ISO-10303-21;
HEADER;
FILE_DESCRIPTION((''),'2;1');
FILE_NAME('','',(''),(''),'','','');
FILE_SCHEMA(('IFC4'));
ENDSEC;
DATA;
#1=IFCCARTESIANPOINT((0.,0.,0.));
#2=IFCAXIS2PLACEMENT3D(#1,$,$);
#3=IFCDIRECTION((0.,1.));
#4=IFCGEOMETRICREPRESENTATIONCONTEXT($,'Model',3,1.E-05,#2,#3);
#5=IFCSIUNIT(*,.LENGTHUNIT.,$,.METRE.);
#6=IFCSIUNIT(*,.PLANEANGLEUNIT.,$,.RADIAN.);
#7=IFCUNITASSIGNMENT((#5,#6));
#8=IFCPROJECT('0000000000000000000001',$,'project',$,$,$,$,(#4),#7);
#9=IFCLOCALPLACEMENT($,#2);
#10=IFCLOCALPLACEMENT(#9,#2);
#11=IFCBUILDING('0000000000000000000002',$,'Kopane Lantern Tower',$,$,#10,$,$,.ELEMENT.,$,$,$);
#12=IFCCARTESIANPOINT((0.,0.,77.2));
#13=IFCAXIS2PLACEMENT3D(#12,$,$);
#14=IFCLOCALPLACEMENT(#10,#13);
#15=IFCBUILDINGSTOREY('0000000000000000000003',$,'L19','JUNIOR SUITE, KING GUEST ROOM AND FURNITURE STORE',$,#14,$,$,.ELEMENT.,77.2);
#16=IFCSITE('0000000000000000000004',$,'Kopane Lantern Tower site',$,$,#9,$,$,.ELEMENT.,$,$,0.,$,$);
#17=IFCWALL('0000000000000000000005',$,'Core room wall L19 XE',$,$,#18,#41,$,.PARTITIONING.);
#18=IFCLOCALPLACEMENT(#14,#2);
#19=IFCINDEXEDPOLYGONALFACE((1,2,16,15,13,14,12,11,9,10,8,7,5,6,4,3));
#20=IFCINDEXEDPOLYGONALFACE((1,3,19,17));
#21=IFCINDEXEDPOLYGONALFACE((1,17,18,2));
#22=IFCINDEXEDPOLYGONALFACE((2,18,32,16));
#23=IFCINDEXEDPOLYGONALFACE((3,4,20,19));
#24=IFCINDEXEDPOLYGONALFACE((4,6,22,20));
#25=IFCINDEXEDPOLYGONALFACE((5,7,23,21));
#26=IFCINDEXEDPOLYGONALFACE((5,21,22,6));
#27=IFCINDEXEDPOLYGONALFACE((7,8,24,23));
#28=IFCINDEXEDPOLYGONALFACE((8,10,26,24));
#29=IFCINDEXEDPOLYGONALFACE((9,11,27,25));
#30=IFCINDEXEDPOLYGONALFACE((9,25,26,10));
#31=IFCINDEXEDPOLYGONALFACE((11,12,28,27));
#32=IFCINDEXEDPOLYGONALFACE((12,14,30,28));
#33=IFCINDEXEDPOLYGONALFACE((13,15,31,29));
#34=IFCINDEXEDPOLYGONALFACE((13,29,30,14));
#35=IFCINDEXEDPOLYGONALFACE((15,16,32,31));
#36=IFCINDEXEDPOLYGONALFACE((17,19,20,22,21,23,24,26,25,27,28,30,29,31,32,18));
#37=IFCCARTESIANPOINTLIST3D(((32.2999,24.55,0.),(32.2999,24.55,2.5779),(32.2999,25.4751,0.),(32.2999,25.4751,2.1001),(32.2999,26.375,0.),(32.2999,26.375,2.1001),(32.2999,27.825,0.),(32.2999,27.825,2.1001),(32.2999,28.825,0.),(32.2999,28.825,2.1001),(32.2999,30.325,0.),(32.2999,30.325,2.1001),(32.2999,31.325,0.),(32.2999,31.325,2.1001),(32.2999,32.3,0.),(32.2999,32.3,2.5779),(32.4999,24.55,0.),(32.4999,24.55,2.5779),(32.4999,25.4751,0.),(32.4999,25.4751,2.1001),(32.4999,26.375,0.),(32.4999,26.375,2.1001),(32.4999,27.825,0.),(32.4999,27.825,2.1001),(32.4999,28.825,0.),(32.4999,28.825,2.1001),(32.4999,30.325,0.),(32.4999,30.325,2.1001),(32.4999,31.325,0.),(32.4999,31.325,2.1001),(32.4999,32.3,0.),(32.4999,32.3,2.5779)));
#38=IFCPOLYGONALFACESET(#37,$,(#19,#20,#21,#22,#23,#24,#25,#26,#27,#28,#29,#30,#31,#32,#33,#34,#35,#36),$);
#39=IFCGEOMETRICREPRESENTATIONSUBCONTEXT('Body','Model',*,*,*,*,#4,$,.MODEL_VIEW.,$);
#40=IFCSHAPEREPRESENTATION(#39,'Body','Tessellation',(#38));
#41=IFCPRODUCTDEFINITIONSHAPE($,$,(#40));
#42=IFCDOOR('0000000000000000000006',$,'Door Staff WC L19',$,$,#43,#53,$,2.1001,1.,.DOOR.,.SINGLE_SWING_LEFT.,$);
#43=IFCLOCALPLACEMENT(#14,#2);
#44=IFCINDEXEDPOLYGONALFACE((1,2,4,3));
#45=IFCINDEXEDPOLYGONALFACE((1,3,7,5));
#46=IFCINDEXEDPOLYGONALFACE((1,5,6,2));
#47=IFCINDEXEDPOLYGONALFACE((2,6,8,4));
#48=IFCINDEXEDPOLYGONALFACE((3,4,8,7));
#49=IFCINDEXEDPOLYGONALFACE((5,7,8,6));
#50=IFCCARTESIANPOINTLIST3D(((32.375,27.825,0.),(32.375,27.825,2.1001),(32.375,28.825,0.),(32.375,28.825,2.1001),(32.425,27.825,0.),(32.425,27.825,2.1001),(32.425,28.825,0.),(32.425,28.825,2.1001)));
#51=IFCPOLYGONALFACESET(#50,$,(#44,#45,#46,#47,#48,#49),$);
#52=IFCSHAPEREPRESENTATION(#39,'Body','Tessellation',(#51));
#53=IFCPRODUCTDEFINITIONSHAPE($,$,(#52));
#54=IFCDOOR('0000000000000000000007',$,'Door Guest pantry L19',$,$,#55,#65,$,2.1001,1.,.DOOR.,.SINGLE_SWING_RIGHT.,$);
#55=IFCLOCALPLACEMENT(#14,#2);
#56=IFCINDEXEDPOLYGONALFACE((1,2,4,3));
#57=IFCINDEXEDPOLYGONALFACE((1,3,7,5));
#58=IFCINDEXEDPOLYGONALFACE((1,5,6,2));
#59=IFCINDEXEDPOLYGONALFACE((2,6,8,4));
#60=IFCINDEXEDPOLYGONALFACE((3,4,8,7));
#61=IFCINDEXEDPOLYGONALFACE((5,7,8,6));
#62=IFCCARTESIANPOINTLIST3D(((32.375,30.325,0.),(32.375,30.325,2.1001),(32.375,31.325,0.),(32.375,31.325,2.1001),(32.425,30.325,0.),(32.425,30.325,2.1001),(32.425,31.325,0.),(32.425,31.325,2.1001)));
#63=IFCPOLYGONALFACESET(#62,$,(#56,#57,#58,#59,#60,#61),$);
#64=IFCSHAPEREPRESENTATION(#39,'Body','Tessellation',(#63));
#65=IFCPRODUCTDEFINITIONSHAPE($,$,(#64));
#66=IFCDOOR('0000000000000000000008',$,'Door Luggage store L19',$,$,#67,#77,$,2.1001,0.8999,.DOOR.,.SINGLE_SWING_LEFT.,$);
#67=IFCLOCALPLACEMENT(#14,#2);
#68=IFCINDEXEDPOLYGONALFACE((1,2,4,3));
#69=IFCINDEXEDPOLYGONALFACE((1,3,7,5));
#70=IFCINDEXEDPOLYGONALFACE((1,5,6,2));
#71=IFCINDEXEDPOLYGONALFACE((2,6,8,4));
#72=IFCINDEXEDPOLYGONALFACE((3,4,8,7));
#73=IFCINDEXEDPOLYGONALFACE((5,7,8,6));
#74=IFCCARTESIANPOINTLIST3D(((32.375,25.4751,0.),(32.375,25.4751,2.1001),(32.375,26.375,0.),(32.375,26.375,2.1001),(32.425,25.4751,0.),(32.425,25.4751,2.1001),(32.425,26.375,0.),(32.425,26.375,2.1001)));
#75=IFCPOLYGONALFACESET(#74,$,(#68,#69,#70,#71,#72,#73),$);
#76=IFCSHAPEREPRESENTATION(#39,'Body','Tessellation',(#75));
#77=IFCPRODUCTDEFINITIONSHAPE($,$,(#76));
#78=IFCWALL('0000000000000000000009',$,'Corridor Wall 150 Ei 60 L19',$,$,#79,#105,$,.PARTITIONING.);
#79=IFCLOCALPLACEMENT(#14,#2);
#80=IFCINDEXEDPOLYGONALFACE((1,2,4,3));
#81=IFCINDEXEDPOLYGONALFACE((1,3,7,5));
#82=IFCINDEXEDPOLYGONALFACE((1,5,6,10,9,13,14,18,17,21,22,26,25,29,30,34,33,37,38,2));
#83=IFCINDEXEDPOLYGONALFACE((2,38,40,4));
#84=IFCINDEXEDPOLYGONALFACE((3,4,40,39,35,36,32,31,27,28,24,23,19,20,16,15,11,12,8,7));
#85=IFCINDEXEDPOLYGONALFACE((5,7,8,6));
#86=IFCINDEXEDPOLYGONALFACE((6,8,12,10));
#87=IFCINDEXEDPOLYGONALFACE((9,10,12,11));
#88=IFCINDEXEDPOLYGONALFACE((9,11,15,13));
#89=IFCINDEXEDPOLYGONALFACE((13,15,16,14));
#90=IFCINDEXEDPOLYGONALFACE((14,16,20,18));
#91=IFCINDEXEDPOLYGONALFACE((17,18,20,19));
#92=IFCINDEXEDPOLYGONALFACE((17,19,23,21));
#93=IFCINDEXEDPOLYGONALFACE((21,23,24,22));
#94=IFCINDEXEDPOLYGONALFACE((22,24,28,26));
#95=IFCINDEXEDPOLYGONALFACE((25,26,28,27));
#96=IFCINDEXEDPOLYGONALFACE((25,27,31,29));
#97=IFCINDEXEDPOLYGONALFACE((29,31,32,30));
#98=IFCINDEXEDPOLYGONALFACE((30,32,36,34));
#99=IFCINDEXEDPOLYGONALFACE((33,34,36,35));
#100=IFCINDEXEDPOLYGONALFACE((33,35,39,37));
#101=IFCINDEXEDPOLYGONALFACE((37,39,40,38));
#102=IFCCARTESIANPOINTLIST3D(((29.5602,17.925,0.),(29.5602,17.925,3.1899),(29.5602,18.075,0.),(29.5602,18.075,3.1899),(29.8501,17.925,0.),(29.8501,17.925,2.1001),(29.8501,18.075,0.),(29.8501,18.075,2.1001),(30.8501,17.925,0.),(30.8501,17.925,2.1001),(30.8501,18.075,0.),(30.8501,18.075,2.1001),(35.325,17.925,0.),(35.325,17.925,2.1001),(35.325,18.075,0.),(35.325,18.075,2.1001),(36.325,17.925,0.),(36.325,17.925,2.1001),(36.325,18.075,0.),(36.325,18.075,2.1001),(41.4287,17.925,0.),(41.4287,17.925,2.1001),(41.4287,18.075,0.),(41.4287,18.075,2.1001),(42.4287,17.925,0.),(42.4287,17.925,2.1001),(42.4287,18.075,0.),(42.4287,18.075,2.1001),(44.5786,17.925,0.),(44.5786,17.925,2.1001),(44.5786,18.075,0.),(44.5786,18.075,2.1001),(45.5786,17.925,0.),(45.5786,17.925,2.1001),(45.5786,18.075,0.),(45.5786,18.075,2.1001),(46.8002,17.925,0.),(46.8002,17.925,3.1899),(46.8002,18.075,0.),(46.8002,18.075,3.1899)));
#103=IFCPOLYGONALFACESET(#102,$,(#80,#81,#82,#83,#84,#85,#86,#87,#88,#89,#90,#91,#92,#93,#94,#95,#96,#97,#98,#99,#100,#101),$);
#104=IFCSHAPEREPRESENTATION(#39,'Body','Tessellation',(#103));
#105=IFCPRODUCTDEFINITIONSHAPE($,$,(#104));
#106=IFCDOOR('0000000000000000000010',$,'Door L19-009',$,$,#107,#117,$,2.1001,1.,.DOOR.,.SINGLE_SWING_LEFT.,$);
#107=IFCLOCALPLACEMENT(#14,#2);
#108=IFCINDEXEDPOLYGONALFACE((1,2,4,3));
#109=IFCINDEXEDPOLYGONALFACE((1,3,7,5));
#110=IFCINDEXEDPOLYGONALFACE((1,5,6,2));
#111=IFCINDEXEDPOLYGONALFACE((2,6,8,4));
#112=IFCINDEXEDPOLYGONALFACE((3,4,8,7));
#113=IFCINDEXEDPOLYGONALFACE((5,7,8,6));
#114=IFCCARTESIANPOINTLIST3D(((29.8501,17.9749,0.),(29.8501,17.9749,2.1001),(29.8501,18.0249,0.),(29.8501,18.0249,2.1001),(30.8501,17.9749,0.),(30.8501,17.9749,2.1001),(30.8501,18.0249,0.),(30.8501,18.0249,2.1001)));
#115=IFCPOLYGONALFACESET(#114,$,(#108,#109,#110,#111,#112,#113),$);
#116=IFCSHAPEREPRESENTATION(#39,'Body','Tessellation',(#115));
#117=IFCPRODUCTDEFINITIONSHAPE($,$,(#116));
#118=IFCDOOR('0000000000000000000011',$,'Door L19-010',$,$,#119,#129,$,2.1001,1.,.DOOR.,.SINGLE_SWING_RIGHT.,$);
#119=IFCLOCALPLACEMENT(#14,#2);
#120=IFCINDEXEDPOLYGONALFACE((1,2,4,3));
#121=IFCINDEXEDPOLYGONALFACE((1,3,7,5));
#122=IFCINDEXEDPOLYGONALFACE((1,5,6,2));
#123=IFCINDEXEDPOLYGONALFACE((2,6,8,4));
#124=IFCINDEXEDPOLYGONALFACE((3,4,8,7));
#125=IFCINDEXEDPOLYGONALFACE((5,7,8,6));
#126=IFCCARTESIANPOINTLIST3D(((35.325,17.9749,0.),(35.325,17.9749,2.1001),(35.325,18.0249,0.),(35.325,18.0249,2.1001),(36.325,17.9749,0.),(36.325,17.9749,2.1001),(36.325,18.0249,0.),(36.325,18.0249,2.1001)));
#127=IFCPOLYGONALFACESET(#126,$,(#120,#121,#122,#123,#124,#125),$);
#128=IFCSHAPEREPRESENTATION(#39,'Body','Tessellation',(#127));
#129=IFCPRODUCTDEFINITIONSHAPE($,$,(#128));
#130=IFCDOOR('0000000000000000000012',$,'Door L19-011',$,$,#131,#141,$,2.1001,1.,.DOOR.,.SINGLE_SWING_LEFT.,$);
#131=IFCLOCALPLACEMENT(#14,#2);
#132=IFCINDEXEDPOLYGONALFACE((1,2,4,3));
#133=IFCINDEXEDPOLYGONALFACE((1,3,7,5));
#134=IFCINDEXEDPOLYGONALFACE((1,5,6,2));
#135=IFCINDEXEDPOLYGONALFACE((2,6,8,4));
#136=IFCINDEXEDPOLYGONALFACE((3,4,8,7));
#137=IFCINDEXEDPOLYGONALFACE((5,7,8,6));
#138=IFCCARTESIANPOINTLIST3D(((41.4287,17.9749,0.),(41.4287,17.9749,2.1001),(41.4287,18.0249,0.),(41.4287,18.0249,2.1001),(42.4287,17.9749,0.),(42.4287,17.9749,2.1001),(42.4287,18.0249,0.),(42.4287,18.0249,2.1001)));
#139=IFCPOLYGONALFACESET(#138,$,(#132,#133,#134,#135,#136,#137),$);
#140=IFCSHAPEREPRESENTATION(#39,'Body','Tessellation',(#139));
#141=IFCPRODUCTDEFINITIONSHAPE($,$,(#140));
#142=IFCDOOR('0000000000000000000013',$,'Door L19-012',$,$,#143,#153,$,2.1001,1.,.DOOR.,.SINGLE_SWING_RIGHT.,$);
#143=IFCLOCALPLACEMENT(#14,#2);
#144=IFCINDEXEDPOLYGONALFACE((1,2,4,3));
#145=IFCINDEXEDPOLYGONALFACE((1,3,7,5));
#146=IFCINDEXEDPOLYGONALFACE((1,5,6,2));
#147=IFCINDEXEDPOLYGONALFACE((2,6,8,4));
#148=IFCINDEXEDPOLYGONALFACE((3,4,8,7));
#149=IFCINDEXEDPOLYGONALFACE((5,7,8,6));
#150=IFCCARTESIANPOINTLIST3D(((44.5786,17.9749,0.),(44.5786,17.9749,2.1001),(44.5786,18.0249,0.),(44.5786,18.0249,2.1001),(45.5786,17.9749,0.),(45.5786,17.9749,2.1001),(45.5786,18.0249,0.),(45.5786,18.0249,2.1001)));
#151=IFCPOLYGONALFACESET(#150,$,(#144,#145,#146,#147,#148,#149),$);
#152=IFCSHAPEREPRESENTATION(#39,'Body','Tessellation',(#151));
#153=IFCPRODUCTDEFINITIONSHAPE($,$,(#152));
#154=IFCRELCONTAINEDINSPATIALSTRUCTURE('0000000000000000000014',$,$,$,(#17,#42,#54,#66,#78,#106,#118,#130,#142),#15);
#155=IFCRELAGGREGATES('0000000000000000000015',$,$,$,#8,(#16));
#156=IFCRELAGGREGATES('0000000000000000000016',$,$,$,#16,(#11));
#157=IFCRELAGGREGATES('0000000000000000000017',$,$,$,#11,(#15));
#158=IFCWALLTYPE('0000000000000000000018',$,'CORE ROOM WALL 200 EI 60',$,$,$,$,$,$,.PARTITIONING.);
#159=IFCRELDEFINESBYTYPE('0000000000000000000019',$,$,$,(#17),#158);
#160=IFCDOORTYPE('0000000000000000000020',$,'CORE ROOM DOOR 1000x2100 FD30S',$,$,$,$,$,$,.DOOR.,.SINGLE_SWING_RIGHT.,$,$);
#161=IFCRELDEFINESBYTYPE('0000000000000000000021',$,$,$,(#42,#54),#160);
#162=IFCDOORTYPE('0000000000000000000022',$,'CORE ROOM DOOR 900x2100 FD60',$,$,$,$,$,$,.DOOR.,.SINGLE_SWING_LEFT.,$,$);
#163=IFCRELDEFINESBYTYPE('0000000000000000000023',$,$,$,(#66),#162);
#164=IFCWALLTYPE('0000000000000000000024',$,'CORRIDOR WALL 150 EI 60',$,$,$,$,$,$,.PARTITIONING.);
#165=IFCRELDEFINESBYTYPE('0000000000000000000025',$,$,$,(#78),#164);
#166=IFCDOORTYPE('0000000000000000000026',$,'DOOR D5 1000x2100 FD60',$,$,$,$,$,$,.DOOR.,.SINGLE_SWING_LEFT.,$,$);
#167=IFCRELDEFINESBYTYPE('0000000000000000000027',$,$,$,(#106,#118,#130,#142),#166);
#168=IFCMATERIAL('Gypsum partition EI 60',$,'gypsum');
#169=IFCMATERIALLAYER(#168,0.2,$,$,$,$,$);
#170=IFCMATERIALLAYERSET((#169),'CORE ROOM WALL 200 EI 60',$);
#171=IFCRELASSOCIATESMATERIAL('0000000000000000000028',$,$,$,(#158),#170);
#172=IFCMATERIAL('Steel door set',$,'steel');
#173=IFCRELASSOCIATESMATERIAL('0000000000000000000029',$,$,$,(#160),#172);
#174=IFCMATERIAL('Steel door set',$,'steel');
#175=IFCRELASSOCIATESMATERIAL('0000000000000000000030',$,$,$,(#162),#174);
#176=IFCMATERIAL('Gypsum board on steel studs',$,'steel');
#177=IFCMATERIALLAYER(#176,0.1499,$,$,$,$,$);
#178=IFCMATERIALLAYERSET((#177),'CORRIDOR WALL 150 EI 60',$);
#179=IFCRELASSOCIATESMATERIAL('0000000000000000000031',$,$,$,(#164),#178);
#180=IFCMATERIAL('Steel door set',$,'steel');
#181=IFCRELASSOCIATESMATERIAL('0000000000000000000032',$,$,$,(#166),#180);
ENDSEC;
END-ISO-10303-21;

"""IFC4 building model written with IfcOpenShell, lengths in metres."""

from ifc_helpers import new_model, si_unit, direction, frame, frame_2d, origin, place, context, subcontext, project, spatial, rectangle, extrude, material, layer, layer_set, type_object, element, fill, save


model = new_model("IFC4")

# Units and contexts
model_context = context("Model", 3, precision=1e-05, world=origin(), true_north=direction((0.0, 1.0)))
body_context = subcontext(model_context, "Body", "Model", "MODEL_VIEW")
ifc_project = project(units=[si_unit("LENGTHUNIT", "METRE"), si_unit("PLANEANGLEUNIT", "RADIAN")], contexts=[model_context])

# Site, building, storey
site_placement = place(None, origin())
site = spatial("IfcSite", under=ifc_project, at=site_placement, Name="Kopane Lantern Tower site", CompositionType="ELEMENT", RefElevation=0.0)
building_placement = place(site_placement, origin())
building = spatial("IfcBuilding", under=site, at=building_placement, Name="Kopane Lantern Tower", CompositionType="ELEMENT")
storey_placement = place(building_placement, frame((0.0, 0.0, 77.2)))
storey = spatial("IfcBuildingStorey", under=building, at=storey_placement, Name="L19", Description="JUNIOR SUITE, KING GUEST ROOM AND FURNITURE STORE", CompositionType="ELEMENT", Elevation=77.2)

# Walls, openings, doors
ifc_material_1 = material(Name="Gypsum partition EI 60", Category="gypsum")
ifc_layer_1 = layer(ifc_material_1, 0.2)
ifc_layer_set_1 = layer_set([ifc_layer_1], Name="CORE ROOM WALL 200 EI 60")
wall_type_1 = type_object("IfcWallType", Name="CORE ROOM WALL 200 EI 60", PredefinedType="PARTITIONING", material=ifc_layer_set_1)
wall_1_placement = place(storey_placement, frame((32.3999, 24.55, 0.0), z_axis=(0.0, 0.0, 1.0), x_axis=(0.0, 1.0, 0.0)))
wall_1 = element("IfcWall", 1, at=wall_1_placement, inside=storey, type_object=wall_type_1, Name="Core room wall L19 XE", PredefinedType="PARTITIONING", context=body_context, shape_type="SweptSolid", body=[
    extrude(rectangle(XDim=7.75, YDim=0.2, at=frame_2d((3.875, 0.0))), origin(), (0.0, 0.0, 1.0), 2.5779),
])
opening_1_placement = place(wall_1_placement, frame((0.925, 0.0, 0.0)))
opening_1 = element("IfcOpeningElement", 2, at=opening_1_placement, cuts=wall_1, PredefinedType="OPENING", context=body_context, shape_type="SweptSolid", body=[
    extrude(rectangle(XDim=0.8999, YDim=2.1001, at=frame_2d((0.45, 1.05))), frame((0.0, 0.1099, 0.0), z_axis=(0.0, -1.0, 0.0), x_axis=(1.0, 0.0, 0.0)), (0.0, 0.0, 1.0), 0.22),
])
opening_2_placement = place(wall_1_placement, frame((3.2749, 0.0, 0.0)))
opening_2 = element("IfcOpeningElement", 3, at=opening_2_placement, cuts=wall_1, PredefinedType="OPENING", context=body_context, shape_type="SweptSolid", body=[
    extrude(rectangle(XDim=1.0, YDim=2.1001, at=frame_2d((0.5, 1.05))), frame((0.0, 0.1099, 0.0), z_axis=(0.0, -1.0, 0.0), x_axis=(1.0, 0.0, 0.0)), (0.0, 0.0, 1.0), 0.22),
])
opening_3_placement = place(wall_1_placement, frame((5.7749, 0.0, 0.0)))
opening_3 = element("IfcOpeningElement", 4, at=opening_3_placement, cuts=wall_1, PredefinedType="OPENING", context=body_context, shape_type="SweptSolid", body=[
    extrude(rectangle(XDim=1.0, YDim=2.1001, at=frame_2d((0.5, 1.05))), frame((0.0, 0.1099, 0.0), z_axis=(0.0, -1.0, 0.0), x_axis=(1.0, 0.0, 0.0)), (0.0, 0.0, 1.0), 0.22),
])
ifc_material_2 = material(Name="Steel door set", Category="steel")
door_type_1 = type_object("IfcDoorType", Name="CORE ROOM DOOR 1000x2100 FD30S", OperationType="SINGLE_SWING_RIGHT", PredefinedType="DOOR", material=ifc_material_2)
door_1_placement = place(opening_2_placement, origin())
door_1 = element("IfcDoor", 5, at=door_1_placement, inside=storey, type_object=door_type_1, Name="Door Staff WC L19", OperationType="SINGLE_SWING_LEFT", OverallHeight=2.1001, OverallWidth=1.0, PredefinedType="DOOR", context=body_context, shape_type="SweptSolid", body=[
    extrude(rectangle(XDim=1.0, YDim=2.1001, at=frame_2d((0.5, 1.05))), frame((0.0, 0.0249, 0.0), z_axis=(0.0, -1.0, 0.0), x_axis=(1.0, 0.0, 0.0)), (0.0, 0.0, 1.0), 0.05),
])
fill(opening_2, door_1)
door_2_placement = place(opening_3_placement, origin())
door_2 = element("IfcDoor", 6, at=door_2_placement, inside=storey, type_object=door_type_1, Name="Door Guest pantry L19", OperationType="SINGLE_SWING_RIGHT", OverallHeight=2.1001, OverallWidth=1.0, PredefinedType="DOOR", context=body_context, shape_type="SweptSolid", body=[
    extrude(rectangle(XDim=1.0, YDim=2.1001, at=frame_2d((0.5, 1.05))), frame((0.0, 0.0249, 0.0), z_axis=(0.0, -1.0, 0.0), x_axis=(1.0, 0.0, 0.0)), (0.0, 0.0, 1.0), 0.05),
])
fill(opening_3, door_2)
ifc_material_3 = material(Name="Steel door set", Category="steel")
door_type_2 = type_object("IfcDoorType", Name="CORE ROOM DOOR 900x2100 FD60", OperationType="SINGLE_SWING_LEFT", PredefinedType="DOOR", material=ifc_material_3)
door_3_placement = place(opening_1_placement, origin())
door_3 = element("IfcDoor", 7, at=door_3_placement, inside=storey, type_object=door_type_2, Name="Door Luggage store L19", OperationType="SINGLE_SWING_LEFT", OverallHeight=2.1001, OverallWidth=0.8999, PredefinedType="DOOR", context=body_context, shape_type="SweptSolid", body=[
    extrude(rectangle(XDim=0.8999, YDim=2.1001, at=frame_2d((0.45, 1.05))), frame((0.0, 0.0249, 0.0), z_axis=(0.0, -1.0, 0.0), x_axis=(1.0, 0.0, 0.0)), (0.0, 0.0, 1.0), 0.05),
])
fill(opening_1, door_3)
ifc_material_4 = material(Name="Gypsum board on steel studs", Category="steel")
ifc_layer_2 = layer(ifc_material_4, 0.1499)
ifc_layer_set_2 = layer_set([ifc_layer_2], Name="CORRIDOR WALL 150 EI 60")
wall_type_2 = type_object("IfcWallType", Name="CORRIDOR WALL 150 EI 60", PredefinedType="PARTITIONING", material=ifc_layer_set_2)
wall_2_placement = place(storey_placement, frame((29.5601, 18.0, 0.0), z_axis=(0.0, 0.0, 1.0), x_axis=(1.0, 0.0, 0.0)))
wall_2 = element("IfcWall", 8, at=wall_2_placement, inside=storey, type_object=wall_type_2, Name="Corridor Wall 150 Ei 60 L19", PredefinedType="PARTITIONING", context=body_context, shape_type="SweptSolid", body=[
    extrude(rectangle(XDim=17.24, YDim=0.1499, at=frame_2d((8.6201, 0.0))), origin(), (0.0, 0.0, 1.0), 3.1899),
])
opening_4_placement = place(wall_2_placement, frame((0.29, 0.0, 0.0)))
opening_4 = element("IfcOpeningElement", 9, at=opening_4_placement, cuts=wall_2, PredefinedType="OPENING", context=body_context, shape_type="SweptSolid", body=[
    extrude(rectangle(XDim=1.0, YDim=2.1001, at=frame_2d((0.5, 1.05))), frame((0.0, 0.085, 0.0), z_axis=(0.0, -1.0, 0.0), x_axis=(1.0, 0.0, 0.0)), (0.0, 0.0, 1.0), 0.1699),
])
opening_5_placement = place(wall_2_placement, frame((5.7649, 0.0, 0.0)))
opening_5 = element("IfcOpeningElement", 10, at=opening_5_placement, cuts=wall_2, PredefinedType="OPENING", context=body_context, shape_type="SweptSolid", body=[
    extrude(rectangle(XDim=1.0, YDim=2.1001, at=frame_2d((0.5, 1.05))), frame((0.0, 0.085, 0.0), z_axis=(0.0, -1.0, 0.0), x_axis=(1.0, 0.0, 0.0)), (0.0, 0.0, 1.0), 0.1699),
])
opening_6_placement = place(wall_2_placement, frame((11.8687, 0.0, 0.0)))
opening_6 = element("IfcOpeningElement", 11, at=opening_6_placement, cuts=wall_2, PredefinedType="OPENING", context=body_context, shape_type="SweptSolid", body=[
    extrude(rectangle(XDim=1.0, YDim=2.1001, at=frame_2d((0.5, 1.05))), frame((0.0, 0.085, 0.0), z_axis=(0.0, -1.0, 0.0), x_axis=(1.0, 0.0, 0.0)), (0.0, 0.0, 1.0), 0.1699),
])
opening_7_placement = place(wall_2_placement, frame((15.0186, 0.0, 0.0)))
opening_7 = element("IfcOpeningElement", 12, at=opening_7_placement, cuts=wall_2, PredefinedType="OPENING", context=body_context, shape_type="SweptSolid", body=[
    extrude(rectangle(XDim=1.0, YDim=2.1001, at=frame_2d((0.5, 1.05))), frame((0.0, 0.085, 0.0), z_axis=(0.0, -1.0, 0.0), x_axis=(1.0, 0.0, 0.0)), (0.0, 0.0, 1.0), 0.1699),
])
ifc_material_5 = material(Name="Steel door set", Category="steel")
door_type_3 = type_object("IfcDoorType", Name="DOOR D5 1000x2100 FD60", OperationType="SINGLE_SWING_LEFT", PredefinedType="DOOR", material=ifc_material_5)
door_4_placement = place(opening_4_placement, origin())
door_4 = element("IfcDoor", 13, at=door_4_placement, inside=storey, type_object=door_type_3, Name="Door L19-009", OperationType="SINGLE_SWING_LEFT", OverallHeight=2.1001, OverallWidth=1.0, PredefinedType="DOOR", context=body_context, shape_type="SweptSolid", body=[
    extrude(rectangle(XDim=1.0, YDim=2.1001, at=frame_2d((0.5, 1.05))), frame((0.0, 0.0249, 0.0), z_axis=(0.0, -1.0, 0.0), x_axis=(1.0, 0.0, 0.0)), (0.0, 0.0, 1.0), 0.05),
])
fill(opening_4, door_4)
door_5_placement = place(opening_5_placement, origin())
door_5 = element("IfcDoor", 14, at=door_5_placement, inside=storey, type_object=door_type_3, Name="Door L19-010", OperationType="SINGLE_SWING_RIGHT", OverallHeight=2.1001, OverallWidth=1.0, PredefinedType="DOOR", context=body_context, shape_type="SweptSolid", body=[
    extrude(rectangle(XDim=1.0, YDim=2.1001, at=frame_2d((0.5, 1.05))), frame((0.0, 0.0249, 0.0), z_axis=(0.0, -1.0, 0.0), x_axis=(1.0, 0.0, 0.0)), (0.0, 0.0, 1.0), 0.05),
])
fill(opening_5, door_5)
door_6_placement = place(opening_6_placement, origin())
door_6 = element("IfcDoor", 15, at=door_6_placement, inside=storey, type_object=door_type_3, Name="Door L19-011", OperationType="SINGLE_SWING_LEFT", OverallHeight=2.1001, OverallWidth=1.0, PredefinedType="DOOR", context=body_context, shape_type="SweptSolid", body=[
    extrude(rectangle(XDim=1.0, YDim=2.1001, at=frame_2d((0.5, 1.05))), frame((0.0, 0.0249, 0.0), z_axis=(0.0, -1.0, 0.0), x_axis=(1.0, 0.0, 0.0)), (0.0, 0.0, 1.0), 0.05),
])
fill(opening_6, door_6)
door_7_placement = place(opening_7_placement, origin())
door_7 = element("IfcDoor", 16, at=door_7_placement, inside=storey, type_object=door_type_3, Name="Door L19-012", OperationType="SINGLE_SWING_RIGHT", OverallHeight=2.1001, OverallWidth=1.0, PredefinedType="DOOR", context=body_context, shape_type="SweptSolid", body=[
    extrude(rectangle(XDim=1.0, YDim=2.1001, at=frame_2d((0.5, 1.05))), frame((0.0, 0.0249, 0.0), z_axis=(0.0, -1.0, 0.0), x_axis=(1.0, 0.0, 0.0)), (0.0, 0.0, 1.0), 0.05),
])
fill(opening_7, door_7)

save(model, "model.ifc")
